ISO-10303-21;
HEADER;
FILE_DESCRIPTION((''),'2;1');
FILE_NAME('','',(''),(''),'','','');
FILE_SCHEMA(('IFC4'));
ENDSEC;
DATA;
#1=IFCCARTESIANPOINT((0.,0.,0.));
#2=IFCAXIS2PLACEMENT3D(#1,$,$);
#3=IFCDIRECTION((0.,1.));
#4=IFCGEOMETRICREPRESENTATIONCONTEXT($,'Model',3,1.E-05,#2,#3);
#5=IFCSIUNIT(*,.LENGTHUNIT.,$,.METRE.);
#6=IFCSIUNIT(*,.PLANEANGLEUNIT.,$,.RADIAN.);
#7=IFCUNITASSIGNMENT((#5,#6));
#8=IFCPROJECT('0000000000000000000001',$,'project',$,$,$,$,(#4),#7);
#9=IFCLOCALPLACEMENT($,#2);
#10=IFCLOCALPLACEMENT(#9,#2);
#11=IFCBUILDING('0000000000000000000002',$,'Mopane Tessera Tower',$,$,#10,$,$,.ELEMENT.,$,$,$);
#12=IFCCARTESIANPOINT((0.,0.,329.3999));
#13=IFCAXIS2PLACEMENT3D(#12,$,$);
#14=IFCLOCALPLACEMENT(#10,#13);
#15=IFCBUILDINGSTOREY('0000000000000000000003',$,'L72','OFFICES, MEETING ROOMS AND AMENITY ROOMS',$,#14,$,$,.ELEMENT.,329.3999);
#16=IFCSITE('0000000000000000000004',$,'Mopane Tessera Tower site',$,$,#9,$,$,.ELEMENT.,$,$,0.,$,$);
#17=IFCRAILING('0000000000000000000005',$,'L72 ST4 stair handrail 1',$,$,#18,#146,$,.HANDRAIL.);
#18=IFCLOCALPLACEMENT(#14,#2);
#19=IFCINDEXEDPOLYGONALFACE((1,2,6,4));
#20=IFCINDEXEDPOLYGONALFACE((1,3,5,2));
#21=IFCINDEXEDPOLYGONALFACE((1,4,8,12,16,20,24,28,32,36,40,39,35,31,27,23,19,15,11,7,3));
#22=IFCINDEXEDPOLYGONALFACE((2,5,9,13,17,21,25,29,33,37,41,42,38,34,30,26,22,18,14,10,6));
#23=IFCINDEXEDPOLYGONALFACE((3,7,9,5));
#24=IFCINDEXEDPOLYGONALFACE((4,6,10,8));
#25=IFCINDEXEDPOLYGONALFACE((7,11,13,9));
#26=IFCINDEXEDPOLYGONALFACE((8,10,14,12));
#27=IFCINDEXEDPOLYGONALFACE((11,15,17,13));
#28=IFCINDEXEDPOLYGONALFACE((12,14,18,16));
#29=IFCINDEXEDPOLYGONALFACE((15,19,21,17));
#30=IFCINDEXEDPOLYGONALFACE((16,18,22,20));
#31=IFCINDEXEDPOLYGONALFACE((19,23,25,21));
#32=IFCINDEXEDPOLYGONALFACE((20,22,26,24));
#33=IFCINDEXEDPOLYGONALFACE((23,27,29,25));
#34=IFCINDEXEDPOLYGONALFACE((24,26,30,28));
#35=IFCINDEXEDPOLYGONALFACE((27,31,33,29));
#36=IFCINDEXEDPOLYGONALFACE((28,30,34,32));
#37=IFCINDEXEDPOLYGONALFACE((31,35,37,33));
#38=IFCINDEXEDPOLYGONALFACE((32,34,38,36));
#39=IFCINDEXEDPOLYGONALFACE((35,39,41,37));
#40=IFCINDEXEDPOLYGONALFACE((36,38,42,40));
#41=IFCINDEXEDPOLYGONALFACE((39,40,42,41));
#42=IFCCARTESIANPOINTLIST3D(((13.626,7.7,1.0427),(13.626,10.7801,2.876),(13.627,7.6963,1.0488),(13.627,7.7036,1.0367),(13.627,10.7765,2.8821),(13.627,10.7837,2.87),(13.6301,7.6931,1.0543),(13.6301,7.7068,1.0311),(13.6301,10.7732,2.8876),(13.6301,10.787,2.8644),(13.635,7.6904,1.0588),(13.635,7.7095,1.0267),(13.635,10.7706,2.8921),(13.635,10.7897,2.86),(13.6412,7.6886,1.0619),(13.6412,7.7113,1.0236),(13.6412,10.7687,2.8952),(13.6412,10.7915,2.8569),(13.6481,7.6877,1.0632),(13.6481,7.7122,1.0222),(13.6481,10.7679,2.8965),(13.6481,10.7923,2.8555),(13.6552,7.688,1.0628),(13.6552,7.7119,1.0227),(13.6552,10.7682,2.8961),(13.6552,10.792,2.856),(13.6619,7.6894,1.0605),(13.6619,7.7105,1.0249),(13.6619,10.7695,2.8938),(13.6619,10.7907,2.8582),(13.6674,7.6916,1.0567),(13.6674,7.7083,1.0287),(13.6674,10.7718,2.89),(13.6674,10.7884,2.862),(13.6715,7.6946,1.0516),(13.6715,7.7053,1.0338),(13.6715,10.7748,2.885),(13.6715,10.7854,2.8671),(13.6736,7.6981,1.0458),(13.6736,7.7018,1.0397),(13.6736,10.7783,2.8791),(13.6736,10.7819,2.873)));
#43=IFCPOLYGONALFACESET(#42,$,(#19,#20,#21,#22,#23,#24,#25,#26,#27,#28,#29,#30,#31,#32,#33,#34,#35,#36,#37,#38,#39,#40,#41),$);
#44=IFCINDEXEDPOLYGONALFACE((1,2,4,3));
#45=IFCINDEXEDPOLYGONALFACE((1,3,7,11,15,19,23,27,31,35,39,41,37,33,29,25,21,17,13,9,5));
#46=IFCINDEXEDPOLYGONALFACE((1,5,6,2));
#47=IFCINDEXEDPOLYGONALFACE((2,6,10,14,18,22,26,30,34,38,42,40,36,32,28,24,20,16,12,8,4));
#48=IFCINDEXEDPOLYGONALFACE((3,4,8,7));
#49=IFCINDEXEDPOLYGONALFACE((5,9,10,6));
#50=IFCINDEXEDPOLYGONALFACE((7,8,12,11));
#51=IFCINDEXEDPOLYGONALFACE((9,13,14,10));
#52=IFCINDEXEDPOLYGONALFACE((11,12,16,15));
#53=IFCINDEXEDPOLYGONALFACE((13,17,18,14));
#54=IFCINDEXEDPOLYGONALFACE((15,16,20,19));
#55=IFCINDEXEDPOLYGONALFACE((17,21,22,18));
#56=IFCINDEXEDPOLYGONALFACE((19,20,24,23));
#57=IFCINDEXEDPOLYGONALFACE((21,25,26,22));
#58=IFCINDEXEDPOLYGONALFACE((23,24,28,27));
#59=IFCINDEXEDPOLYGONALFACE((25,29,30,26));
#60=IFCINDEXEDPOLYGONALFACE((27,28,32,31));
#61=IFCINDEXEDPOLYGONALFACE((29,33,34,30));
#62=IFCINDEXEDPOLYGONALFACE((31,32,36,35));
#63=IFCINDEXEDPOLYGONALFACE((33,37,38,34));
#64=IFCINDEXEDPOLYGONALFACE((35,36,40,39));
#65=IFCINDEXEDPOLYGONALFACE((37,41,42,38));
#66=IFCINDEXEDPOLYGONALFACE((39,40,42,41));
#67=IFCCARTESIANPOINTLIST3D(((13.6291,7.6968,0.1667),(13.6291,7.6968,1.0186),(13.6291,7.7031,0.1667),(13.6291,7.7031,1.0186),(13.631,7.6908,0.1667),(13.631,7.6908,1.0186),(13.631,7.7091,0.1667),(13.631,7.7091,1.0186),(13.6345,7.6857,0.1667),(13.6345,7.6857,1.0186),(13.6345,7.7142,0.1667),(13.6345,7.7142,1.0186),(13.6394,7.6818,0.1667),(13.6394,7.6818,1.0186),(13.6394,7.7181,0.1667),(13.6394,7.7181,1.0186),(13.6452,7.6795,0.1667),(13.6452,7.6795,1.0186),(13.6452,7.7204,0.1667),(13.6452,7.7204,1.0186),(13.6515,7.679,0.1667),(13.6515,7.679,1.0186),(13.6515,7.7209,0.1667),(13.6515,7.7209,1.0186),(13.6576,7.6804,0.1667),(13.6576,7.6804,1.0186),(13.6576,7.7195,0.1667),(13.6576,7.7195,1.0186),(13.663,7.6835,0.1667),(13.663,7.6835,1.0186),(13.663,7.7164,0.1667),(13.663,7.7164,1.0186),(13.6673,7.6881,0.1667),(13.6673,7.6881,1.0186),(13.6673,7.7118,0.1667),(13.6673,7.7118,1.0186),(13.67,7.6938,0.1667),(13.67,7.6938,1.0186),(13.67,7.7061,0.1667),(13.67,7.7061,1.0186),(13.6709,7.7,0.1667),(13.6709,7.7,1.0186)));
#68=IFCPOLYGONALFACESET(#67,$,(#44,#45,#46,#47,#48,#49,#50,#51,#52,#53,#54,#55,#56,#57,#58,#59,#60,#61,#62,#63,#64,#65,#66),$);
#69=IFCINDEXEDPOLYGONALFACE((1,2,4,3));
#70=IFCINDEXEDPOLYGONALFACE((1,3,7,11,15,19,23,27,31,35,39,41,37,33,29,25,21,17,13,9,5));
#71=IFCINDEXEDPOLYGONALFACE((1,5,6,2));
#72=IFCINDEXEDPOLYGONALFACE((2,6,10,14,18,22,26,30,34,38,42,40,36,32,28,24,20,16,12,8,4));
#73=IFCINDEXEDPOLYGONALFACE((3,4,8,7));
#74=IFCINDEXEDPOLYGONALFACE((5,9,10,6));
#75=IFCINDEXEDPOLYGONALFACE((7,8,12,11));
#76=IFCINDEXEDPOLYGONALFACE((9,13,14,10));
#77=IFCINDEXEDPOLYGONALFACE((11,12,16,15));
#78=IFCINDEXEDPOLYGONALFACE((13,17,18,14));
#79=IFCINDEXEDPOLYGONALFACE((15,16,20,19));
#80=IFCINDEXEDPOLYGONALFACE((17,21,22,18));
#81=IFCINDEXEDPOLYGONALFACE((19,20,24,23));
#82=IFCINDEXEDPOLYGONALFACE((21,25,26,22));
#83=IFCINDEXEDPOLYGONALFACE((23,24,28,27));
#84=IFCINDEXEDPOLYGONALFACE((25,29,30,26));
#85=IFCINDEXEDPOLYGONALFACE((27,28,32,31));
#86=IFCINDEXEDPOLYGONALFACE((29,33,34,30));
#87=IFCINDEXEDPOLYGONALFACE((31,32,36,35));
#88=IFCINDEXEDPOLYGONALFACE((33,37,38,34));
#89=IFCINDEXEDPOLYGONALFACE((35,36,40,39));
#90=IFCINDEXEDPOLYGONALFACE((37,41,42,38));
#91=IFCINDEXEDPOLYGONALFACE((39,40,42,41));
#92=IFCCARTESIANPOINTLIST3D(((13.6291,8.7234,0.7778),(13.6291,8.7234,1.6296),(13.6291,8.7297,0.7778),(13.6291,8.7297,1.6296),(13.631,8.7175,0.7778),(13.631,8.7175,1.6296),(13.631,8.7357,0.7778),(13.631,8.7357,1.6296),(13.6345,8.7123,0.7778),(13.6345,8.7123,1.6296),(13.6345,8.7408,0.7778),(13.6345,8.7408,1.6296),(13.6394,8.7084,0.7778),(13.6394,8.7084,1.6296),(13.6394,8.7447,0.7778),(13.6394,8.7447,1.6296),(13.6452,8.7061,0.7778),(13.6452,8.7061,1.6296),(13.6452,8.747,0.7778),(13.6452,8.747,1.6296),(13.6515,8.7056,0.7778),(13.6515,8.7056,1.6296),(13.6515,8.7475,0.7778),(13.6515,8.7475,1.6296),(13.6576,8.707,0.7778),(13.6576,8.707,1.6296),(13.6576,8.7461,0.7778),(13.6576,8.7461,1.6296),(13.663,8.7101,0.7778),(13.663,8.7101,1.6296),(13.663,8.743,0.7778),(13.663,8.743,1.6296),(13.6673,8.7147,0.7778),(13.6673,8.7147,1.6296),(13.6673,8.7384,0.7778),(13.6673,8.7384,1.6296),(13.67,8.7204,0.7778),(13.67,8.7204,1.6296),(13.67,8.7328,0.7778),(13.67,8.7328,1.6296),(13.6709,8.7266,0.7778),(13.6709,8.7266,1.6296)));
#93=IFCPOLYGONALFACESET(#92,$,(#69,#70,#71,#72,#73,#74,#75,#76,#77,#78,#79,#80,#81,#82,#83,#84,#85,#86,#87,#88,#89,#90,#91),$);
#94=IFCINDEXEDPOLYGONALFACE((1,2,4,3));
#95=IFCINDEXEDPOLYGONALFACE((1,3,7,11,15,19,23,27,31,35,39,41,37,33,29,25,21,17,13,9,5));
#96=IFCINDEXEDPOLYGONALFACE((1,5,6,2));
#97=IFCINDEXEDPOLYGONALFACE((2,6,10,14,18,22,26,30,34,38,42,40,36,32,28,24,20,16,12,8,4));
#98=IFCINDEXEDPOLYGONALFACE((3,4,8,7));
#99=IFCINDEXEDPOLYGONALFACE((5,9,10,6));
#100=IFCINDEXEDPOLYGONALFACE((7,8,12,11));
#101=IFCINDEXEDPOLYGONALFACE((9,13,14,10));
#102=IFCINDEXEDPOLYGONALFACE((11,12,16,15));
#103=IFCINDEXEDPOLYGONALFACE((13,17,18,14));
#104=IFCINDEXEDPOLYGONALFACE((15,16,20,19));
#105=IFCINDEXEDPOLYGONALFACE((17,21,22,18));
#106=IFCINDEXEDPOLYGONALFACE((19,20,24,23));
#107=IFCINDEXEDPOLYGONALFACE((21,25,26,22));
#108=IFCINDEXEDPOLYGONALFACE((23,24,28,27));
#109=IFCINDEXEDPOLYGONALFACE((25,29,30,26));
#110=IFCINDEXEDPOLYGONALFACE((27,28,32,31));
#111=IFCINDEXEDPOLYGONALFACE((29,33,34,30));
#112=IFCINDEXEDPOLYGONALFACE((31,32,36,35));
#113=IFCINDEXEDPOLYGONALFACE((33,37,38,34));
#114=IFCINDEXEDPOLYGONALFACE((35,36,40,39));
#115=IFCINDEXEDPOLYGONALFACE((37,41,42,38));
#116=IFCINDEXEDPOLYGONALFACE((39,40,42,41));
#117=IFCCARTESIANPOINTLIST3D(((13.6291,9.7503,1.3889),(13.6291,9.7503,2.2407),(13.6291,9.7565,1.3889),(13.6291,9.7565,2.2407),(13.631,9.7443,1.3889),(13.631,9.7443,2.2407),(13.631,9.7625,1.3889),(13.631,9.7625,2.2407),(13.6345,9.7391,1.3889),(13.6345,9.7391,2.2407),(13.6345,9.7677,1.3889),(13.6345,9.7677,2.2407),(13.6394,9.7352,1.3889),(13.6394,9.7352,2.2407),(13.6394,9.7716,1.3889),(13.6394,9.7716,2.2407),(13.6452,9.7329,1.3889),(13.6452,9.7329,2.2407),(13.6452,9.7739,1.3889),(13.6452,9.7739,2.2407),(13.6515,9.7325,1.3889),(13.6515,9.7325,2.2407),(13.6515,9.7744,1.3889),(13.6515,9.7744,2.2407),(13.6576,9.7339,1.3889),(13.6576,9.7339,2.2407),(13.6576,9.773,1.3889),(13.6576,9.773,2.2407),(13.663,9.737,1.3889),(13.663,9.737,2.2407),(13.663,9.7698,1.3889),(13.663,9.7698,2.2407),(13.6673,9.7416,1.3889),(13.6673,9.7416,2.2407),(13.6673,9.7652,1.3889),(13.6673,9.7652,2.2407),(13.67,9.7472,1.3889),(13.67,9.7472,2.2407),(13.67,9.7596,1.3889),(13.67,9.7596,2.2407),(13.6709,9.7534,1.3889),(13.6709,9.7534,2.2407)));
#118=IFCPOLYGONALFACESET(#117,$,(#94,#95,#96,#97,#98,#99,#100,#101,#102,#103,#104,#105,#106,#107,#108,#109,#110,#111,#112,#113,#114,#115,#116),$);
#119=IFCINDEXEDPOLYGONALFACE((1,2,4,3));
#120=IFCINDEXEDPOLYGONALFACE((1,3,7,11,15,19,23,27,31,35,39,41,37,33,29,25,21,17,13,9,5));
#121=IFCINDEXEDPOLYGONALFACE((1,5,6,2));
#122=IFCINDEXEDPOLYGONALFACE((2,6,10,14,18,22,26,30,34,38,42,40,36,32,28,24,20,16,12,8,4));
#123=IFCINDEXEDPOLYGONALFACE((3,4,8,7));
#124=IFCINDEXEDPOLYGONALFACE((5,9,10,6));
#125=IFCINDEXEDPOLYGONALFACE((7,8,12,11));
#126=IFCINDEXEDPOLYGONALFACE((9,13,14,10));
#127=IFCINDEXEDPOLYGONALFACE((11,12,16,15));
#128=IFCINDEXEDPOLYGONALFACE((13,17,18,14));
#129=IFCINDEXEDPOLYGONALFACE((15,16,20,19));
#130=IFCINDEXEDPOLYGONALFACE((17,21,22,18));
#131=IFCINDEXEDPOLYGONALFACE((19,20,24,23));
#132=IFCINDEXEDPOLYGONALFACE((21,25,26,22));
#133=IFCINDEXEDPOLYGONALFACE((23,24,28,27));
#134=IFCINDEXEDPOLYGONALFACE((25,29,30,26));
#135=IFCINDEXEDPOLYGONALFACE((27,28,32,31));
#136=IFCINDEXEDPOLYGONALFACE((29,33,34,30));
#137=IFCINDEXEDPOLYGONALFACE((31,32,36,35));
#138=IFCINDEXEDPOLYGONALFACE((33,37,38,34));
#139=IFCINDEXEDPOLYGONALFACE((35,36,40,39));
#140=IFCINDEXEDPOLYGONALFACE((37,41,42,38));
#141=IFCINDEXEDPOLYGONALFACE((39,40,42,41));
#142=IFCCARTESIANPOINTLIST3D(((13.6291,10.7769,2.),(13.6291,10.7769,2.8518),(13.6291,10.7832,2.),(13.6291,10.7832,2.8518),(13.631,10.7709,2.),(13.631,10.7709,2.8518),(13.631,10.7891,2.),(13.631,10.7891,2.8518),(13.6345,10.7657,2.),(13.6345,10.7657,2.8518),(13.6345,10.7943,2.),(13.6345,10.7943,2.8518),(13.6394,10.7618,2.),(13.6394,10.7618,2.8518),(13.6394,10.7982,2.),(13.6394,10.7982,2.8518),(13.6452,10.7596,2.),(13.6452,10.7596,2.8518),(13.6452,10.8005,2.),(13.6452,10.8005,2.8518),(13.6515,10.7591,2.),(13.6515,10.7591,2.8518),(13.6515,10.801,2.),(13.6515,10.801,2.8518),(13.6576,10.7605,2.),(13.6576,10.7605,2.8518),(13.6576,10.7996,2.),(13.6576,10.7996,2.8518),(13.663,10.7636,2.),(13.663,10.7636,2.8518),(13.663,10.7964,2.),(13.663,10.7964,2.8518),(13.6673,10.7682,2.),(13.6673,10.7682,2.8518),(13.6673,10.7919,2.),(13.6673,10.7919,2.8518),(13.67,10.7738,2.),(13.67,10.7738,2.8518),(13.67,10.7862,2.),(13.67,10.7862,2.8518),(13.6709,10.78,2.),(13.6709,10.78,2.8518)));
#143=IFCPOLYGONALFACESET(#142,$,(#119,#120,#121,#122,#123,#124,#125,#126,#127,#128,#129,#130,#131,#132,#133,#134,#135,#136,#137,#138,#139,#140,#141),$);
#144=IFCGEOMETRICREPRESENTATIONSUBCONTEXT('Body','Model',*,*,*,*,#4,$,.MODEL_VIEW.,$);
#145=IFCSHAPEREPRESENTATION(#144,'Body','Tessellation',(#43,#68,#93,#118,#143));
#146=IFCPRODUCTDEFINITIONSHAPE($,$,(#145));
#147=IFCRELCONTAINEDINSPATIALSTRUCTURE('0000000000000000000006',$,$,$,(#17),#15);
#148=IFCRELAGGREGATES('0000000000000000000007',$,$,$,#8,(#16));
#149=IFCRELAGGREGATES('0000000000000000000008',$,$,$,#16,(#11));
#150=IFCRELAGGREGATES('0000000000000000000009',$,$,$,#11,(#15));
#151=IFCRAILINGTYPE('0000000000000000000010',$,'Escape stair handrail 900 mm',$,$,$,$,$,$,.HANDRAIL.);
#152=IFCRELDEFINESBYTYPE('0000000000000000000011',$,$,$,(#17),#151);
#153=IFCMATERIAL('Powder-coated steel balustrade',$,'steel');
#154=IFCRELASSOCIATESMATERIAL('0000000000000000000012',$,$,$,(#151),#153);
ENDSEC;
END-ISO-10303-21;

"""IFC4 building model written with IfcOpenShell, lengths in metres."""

from ifc_helpers import new_model, si_unit, direction, frame, origin, origin_2d, place, context, subcontext, project, spatial, circle, extrude, material, type_object, element, save


model = new_model("IFC4")

# Units and contexts
model_context = context("Model", 3, precision=1e-05, world=origin(), true_north=direction((0.0, 1.0)))
body_context = subcontext(model_context, "Body", "Model", "MODEL_VIEW")
ifc_project = project(units=[si_unit("LENGTHUNIT", "METRE"), si_unit("PLANEANGLEUNIT", "RADIAN")], contexts=[model_context])

# Site, building, storey
site_placement = place(None, origin())
site = spatial("IfcSite", under=ifc_project, at=site_placement, Name="Mopane Tessera Tower site", CompositionType="ELEMENT", RefElevation=0.0)
building_placement = place(site_placement, origin())
building = spatial("IfcBuilding", under=site, at=building_placement, Name="Mopane Tessera Tower", CompositionType="ELEMENT")
storey_placement = place(building_placement, frame((0.0, 0.0, 329.3999)))
storey = spatial("IfcBuildingStorey", under=building, at=storey_placement, Name="L72", Description="OFFICES, MEETING ROOMS AND AMENITY ROOMS", CompositionType="ELEMENT", Elevation=329.3999)

# Railing
ifc_material_1 = material(Name="Powder-coated steel balustrade", Category="steel")
railing_type = type_object("IfcRailingType", Name="Escape stair handrail 900 mm", PredefinedType="HANDRAIL", material=ifc_material_1)
railing_placement = place(storey_placement, frame((13.6499, 7.7, 0.1667)))
element("IfcRailing", 1, at=railing_placement, inside=storey, type_object=railing_type, Name="L72 ST4 stair handrail 1", PredefinedType="HANDRAIL", context=body_context, shape_type="SweptSolid", body=[
    extrude(circle(Radius=0.0239, at=origin_2d()), frame((0.0, 0.0, 0.876), z_axis=(0.0, 0.859309, 0.511458), x_axis=(-1.0, 0.0, 0.0)), (0.0, 0.0, 1.0), 3.5845),
    extrude(circle(Radius=0.021, at=origin_2d()), origin(), (0.0, 0.0, 1.0), 0.8518),
    extrude(circle(Radius=0.021, at=origin_2d()), frame((0.0, 1.0266, 0.6111)), (0.0, 0.0, 1.0), 0.8518),
    extrude(circle(Radius=0.021, at=origin_2d()), frame((0.0, 2.0535, 1.2222)), (0.0, 0.0, 1.0), 0.8518),
    extrude(circle(Radius=0.021, at=origin_2d()), frame((0.0, 3.0801, 1.8333)), (0.0, 0.0, 1.0), 0.8518),
])

save(model, "model.ifc")
